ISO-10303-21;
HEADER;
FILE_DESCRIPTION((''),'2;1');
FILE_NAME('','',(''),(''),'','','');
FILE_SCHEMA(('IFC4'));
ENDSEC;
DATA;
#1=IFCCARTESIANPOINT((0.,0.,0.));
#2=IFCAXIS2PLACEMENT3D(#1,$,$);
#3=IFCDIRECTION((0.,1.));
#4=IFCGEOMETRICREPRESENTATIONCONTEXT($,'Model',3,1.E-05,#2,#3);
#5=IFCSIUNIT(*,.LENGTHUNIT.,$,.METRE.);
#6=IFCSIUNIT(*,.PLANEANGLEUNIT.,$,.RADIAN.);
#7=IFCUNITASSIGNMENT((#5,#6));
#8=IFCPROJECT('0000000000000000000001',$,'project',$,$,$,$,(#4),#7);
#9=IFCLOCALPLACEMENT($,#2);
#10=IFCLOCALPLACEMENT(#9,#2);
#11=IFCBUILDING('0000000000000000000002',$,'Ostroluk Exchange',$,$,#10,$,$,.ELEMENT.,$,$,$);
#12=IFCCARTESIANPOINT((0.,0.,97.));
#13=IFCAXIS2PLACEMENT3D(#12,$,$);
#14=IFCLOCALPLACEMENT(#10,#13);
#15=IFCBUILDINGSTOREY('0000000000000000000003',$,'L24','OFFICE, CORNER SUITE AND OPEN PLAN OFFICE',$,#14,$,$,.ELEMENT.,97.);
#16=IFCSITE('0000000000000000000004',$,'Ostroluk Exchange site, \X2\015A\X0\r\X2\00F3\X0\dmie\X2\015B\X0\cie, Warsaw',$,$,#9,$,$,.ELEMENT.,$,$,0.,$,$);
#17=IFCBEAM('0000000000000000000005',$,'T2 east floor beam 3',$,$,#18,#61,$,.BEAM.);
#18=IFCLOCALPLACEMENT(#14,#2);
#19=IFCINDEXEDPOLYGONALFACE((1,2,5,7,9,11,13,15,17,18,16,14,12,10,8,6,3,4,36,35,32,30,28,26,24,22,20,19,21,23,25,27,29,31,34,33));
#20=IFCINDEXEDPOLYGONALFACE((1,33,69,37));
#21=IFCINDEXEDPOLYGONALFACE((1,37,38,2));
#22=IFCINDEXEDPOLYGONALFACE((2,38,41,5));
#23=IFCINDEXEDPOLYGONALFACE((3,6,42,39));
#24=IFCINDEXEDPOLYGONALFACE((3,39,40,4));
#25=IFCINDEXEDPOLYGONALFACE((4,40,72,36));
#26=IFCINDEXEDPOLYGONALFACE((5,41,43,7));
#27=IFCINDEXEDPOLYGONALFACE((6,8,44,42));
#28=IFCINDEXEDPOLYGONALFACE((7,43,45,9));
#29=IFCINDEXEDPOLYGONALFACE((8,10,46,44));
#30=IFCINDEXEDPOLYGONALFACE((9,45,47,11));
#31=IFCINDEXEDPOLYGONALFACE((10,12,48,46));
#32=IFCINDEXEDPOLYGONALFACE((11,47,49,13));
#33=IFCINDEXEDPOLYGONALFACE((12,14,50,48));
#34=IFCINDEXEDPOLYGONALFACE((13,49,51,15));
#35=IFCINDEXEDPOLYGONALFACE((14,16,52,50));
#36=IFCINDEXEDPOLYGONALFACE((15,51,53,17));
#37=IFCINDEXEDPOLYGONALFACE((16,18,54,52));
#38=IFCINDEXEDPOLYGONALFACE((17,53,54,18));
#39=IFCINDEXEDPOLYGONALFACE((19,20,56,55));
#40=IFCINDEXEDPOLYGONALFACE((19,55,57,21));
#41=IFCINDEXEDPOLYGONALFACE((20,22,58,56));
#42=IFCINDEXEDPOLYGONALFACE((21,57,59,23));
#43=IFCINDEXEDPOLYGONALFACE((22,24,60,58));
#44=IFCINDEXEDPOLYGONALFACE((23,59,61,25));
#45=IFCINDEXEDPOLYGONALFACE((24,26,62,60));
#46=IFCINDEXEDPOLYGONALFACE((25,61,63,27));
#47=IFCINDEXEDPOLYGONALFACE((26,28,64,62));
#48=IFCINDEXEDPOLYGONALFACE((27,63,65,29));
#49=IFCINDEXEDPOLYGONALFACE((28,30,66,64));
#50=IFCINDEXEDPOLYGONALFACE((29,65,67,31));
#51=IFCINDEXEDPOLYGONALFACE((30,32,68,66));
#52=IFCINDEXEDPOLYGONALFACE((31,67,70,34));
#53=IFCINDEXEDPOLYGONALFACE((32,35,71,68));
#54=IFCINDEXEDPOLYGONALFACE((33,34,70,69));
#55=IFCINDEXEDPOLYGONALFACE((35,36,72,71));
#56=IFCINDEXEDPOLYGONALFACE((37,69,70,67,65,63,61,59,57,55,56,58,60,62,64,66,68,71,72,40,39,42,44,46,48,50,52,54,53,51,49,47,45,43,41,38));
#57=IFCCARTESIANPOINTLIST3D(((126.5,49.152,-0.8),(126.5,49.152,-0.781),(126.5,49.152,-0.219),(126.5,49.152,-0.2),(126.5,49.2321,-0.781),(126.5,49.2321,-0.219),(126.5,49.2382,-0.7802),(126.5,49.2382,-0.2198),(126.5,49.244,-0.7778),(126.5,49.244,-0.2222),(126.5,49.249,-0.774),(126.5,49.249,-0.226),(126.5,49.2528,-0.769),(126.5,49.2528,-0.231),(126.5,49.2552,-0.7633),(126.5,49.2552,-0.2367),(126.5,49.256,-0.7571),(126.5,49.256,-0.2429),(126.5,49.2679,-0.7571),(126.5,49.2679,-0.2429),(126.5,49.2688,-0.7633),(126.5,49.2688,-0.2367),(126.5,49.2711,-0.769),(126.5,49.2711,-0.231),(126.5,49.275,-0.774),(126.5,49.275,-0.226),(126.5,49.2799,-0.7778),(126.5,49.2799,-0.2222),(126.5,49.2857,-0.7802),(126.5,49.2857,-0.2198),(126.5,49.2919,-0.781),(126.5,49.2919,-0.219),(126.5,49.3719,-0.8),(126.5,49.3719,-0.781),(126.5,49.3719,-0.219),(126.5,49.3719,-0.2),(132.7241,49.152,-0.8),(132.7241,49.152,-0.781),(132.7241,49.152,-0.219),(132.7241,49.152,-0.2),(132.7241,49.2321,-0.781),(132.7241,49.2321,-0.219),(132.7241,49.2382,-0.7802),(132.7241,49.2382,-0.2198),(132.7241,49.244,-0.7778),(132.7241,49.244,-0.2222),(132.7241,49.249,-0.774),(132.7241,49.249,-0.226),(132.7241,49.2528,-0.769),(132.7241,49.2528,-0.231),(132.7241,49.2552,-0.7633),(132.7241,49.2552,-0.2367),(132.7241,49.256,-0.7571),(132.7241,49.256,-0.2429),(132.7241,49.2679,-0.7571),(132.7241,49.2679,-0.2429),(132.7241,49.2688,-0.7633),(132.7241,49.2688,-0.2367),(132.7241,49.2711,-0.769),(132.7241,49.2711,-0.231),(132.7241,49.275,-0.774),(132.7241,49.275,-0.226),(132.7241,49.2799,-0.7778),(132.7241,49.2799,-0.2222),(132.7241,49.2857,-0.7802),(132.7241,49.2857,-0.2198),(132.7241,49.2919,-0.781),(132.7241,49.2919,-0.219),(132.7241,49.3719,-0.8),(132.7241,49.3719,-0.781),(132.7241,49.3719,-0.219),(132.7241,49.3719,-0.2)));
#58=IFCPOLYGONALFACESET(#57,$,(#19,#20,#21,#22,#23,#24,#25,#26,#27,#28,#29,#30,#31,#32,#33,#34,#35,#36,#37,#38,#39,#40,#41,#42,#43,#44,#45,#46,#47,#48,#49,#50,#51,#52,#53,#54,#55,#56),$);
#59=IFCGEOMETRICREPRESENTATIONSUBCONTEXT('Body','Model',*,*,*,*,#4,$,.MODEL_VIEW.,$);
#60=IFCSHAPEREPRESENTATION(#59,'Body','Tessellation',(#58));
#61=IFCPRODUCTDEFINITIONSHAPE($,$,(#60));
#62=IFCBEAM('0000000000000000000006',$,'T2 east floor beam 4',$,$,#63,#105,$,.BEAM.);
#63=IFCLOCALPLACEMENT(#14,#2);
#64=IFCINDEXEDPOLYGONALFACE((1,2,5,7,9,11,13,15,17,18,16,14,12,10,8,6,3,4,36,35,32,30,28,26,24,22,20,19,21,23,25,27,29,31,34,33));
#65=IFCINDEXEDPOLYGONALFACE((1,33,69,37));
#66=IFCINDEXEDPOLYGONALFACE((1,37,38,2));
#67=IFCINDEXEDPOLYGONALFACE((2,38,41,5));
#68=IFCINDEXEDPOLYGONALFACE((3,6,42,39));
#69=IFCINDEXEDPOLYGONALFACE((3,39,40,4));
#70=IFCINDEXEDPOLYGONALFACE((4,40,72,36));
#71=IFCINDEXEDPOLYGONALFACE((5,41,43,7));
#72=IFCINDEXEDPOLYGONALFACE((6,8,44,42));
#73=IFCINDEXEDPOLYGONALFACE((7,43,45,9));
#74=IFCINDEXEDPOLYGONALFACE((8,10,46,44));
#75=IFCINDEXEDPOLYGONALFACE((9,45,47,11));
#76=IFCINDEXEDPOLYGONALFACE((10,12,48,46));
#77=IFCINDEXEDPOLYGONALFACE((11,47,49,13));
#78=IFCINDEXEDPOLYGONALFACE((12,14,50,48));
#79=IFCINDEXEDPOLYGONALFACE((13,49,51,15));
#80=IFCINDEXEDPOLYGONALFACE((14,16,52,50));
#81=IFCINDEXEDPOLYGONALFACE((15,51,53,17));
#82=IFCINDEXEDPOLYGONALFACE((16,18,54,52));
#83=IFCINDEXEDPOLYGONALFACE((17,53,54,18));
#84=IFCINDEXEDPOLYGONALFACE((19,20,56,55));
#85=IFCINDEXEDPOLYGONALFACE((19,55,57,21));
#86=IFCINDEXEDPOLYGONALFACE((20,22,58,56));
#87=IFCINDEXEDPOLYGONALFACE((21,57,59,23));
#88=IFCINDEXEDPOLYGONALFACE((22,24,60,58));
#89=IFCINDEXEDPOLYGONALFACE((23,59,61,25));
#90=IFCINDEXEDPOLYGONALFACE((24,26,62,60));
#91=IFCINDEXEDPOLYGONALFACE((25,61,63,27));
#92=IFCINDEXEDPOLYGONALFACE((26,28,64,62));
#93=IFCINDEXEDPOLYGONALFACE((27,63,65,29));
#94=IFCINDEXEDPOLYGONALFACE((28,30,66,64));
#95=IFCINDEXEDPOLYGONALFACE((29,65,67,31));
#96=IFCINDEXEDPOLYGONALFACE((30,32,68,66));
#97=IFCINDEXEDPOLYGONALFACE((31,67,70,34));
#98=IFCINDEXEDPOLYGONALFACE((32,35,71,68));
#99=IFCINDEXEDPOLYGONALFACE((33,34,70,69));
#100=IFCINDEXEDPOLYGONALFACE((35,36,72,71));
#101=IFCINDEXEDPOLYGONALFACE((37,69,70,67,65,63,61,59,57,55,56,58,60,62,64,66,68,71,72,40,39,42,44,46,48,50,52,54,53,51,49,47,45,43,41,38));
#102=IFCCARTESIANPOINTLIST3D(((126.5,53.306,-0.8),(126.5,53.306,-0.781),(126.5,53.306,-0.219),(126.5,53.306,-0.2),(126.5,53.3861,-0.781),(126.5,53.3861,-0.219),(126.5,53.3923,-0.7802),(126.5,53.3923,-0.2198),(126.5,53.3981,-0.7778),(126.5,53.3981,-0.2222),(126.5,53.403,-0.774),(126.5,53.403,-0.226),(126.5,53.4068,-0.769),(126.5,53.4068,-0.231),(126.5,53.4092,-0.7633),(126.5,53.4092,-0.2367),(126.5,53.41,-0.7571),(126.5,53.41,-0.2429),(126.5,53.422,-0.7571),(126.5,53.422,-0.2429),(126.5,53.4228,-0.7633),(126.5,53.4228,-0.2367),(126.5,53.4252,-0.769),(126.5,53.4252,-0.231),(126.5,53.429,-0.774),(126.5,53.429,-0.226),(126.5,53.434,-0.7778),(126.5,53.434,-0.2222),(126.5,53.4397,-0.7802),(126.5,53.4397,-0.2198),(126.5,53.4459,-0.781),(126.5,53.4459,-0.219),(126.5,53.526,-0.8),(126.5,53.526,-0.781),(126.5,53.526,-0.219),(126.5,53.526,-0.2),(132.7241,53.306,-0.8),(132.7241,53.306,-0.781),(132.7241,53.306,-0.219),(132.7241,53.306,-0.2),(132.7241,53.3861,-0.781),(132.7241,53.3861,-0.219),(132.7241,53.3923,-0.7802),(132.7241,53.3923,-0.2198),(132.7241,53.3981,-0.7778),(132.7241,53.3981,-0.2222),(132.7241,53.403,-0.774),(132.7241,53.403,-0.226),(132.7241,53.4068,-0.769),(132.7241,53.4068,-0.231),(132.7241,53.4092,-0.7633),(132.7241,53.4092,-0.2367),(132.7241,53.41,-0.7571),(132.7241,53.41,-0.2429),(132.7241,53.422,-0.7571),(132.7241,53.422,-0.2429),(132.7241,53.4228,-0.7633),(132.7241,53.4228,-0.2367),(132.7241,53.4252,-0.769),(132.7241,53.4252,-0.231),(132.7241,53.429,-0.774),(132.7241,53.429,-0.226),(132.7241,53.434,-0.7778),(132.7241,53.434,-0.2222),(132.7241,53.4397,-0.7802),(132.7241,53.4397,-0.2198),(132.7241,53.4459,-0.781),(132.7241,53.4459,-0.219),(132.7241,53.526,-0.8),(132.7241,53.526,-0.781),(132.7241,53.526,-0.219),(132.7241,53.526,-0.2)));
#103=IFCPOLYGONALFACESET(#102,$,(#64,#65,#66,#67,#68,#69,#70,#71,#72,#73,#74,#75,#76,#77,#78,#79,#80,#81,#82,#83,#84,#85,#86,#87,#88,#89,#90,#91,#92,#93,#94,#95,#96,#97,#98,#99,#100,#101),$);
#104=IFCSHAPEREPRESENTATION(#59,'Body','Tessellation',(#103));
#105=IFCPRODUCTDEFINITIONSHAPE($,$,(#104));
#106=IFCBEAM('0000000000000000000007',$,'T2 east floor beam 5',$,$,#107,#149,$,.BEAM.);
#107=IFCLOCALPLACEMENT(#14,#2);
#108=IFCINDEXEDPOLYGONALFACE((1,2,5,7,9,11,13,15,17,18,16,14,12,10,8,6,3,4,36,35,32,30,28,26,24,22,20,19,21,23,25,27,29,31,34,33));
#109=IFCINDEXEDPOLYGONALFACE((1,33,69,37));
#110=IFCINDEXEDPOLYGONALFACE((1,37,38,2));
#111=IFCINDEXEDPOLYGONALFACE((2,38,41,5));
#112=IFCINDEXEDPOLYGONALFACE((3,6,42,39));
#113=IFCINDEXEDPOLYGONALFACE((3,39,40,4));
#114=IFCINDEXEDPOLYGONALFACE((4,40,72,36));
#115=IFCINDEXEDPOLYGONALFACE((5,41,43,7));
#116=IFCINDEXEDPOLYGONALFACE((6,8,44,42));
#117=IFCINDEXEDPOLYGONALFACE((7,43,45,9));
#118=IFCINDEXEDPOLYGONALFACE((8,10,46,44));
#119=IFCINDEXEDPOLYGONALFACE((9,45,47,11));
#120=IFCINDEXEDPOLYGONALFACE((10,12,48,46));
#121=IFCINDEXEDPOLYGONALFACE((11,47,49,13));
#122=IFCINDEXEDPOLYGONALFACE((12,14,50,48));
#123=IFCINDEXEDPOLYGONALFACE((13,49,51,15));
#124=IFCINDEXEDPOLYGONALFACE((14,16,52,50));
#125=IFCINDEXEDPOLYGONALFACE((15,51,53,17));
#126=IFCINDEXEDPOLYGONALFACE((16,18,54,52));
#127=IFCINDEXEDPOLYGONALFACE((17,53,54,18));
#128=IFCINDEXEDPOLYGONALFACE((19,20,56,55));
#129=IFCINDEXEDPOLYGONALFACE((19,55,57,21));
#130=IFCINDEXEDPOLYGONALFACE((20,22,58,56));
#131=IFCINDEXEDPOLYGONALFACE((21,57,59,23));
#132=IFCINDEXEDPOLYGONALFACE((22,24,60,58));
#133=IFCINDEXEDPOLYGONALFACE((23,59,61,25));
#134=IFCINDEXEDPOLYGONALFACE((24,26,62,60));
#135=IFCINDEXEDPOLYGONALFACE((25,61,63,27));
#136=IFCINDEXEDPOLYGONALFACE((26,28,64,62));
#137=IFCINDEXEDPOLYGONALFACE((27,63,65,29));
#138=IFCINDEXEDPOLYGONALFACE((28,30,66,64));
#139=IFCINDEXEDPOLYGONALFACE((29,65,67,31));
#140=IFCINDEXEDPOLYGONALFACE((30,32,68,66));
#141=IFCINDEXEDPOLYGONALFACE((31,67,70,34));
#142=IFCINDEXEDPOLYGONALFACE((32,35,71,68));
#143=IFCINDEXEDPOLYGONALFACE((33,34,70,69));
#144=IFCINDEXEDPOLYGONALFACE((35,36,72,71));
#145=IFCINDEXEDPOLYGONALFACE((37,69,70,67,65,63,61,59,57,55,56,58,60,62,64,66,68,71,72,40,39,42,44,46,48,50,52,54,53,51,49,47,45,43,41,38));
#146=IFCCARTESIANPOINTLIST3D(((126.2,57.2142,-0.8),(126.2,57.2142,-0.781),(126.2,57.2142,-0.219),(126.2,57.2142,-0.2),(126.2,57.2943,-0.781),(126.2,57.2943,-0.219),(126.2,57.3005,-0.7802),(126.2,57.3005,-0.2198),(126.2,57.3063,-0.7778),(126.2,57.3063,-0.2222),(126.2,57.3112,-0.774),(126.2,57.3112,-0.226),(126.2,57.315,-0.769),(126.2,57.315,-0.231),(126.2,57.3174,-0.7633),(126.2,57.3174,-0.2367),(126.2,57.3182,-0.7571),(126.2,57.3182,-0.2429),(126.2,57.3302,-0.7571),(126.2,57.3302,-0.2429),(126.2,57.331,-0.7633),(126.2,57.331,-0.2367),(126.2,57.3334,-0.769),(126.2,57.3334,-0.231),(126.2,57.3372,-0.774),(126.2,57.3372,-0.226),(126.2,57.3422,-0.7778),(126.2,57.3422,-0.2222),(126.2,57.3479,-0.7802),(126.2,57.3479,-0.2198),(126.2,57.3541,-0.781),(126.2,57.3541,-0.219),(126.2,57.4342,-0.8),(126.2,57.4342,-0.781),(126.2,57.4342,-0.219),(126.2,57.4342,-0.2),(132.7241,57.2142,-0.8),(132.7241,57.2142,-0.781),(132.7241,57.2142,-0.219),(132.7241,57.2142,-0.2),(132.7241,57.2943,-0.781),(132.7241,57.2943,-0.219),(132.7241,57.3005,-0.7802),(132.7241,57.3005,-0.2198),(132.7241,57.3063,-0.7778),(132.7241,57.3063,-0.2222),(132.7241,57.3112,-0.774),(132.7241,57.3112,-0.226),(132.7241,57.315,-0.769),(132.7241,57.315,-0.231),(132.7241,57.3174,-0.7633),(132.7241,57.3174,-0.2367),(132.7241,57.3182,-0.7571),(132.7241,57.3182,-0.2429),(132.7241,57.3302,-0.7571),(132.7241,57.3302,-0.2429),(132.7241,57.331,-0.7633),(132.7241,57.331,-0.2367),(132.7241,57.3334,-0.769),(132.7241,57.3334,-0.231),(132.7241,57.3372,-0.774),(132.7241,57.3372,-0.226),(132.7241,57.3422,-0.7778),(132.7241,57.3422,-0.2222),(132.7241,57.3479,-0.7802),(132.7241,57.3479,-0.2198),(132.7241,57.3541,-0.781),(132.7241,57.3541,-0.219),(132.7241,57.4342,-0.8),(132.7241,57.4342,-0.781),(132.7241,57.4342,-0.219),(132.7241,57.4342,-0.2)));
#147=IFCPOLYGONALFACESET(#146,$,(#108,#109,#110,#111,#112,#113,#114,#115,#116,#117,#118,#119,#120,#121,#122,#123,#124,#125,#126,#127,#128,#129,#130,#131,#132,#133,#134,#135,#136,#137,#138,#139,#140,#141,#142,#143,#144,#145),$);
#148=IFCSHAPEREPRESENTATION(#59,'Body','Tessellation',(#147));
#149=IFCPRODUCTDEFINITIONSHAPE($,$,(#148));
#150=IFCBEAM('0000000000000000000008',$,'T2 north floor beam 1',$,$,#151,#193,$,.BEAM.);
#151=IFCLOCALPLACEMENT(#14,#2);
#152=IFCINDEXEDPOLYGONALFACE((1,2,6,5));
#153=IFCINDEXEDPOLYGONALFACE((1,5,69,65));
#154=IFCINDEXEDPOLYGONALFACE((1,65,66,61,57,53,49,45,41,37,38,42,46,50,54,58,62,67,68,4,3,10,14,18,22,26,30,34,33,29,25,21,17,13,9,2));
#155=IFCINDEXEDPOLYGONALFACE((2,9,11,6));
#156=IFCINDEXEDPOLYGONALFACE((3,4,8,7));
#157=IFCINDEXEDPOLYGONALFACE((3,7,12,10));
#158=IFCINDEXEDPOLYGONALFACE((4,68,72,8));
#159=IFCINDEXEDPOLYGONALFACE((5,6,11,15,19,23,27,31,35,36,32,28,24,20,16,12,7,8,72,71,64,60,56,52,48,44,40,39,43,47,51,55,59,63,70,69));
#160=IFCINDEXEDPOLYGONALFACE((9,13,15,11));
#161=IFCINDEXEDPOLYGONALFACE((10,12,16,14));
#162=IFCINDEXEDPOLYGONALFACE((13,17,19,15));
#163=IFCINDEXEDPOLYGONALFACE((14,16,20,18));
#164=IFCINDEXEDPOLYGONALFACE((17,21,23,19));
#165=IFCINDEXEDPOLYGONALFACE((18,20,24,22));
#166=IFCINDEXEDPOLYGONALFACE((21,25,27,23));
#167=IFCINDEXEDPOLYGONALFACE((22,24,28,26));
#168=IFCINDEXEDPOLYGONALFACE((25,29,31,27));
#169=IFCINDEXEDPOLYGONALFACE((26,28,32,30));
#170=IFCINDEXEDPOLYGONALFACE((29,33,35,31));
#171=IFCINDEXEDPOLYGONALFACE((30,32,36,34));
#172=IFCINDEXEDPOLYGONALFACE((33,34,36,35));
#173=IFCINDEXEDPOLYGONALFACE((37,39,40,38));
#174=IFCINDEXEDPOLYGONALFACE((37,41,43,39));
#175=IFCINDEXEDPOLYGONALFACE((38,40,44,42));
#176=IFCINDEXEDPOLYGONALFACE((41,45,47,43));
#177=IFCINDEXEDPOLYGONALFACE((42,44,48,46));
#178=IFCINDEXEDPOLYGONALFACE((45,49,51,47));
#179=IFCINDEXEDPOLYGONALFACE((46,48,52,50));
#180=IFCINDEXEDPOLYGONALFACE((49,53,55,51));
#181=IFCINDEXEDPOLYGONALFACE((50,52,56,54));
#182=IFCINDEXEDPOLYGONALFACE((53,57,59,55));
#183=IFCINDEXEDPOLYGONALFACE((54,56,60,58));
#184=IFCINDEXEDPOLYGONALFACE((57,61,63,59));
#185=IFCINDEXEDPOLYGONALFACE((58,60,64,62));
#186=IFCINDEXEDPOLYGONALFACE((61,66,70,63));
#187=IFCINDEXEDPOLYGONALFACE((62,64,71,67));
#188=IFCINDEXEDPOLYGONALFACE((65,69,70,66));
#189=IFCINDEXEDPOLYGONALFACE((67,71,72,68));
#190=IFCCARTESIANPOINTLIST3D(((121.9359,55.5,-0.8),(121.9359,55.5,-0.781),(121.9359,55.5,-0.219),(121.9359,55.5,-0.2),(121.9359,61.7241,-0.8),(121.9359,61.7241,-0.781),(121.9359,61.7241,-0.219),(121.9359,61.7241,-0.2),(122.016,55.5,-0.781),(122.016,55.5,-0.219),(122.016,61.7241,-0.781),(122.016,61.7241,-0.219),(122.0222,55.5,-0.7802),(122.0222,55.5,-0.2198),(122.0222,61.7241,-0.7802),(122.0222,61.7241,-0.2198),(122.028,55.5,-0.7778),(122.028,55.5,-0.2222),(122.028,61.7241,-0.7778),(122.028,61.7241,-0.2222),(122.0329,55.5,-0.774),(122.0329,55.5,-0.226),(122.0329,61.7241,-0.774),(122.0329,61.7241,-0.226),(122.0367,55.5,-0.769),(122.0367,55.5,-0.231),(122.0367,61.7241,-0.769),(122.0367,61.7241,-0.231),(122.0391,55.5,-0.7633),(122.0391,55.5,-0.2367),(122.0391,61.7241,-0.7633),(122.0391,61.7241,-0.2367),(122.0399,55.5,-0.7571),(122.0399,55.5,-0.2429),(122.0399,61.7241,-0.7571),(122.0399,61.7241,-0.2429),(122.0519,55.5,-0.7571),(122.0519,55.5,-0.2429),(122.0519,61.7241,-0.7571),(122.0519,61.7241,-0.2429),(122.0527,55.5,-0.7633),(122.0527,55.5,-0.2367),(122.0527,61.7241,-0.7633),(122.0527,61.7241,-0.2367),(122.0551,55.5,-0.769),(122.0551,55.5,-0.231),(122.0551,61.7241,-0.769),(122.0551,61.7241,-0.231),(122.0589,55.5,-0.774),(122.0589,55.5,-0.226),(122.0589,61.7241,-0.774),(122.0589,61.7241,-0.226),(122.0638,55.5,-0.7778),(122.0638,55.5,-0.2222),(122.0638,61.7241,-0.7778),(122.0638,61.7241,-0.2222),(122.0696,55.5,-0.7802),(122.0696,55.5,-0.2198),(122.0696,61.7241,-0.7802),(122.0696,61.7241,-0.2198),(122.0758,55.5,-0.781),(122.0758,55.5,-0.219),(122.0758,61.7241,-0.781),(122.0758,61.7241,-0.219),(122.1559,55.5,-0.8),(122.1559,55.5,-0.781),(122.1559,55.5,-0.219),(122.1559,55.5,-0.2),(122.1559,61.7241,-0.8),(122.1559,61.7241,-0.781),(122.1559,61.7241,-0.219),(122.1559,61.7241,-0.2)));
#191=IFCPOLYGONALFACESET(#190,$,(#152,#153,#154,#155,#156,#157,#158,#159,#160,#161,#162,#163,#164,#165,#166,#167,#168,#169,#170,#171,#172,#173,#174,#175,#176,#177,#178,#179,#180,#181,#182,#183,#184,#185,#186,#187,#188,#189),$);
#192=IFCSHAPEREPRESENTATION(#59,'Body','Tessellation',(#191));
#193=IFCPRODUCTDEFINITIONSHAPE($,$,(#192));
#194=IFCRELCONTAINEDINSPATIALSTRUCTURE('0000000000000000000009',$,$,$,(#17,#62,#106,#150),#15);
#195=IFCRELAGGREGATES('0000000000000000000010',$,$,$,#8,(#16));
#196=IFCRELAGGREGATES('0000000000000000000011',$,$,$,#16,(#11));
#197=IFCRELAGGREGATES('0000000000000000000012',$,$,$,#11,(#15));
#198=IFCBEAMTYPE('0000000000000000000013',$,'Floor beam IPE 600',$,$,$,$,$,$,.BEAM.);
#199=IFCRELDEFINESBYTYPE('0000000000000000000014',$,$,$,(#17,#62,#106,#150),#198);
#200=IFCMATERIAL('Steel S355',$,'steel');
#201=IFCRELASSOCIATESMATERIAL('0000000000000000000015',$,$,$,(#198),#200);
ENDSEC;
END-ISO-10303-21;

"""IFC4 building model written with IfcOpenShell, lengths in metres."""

from ifc_helpers import new_model, si_unit, direction, frame, origin, origin_2d, place, context, subcontext, project, spatial, i_section, extrude, material, material_profile, profile_set, type_object, element, save


model = new_model("IFC4")

# Units and contexts
model_context = context("Model", 3, precision=1e-05, world=origin(), true_north=direction((0.0, 1.0)))
body_context = subcontext(model_context, "Body", "Model", "MODEL_VIEW")
ifc_project = project(units=[si_unit("LENGTHUNIT", "METRE"), si_unit("PLANEANGLEUNIT", "RADIAN")], contexts=[model_context])

# Site, building, storey
site_placement = place(None, origin())
site = spatial("IfcSite", under=ifc_project, at=site_placement, Name="Ostroluk Exchange site, Śródmieście, Warsaw", CompositionType="ELEMENT", RefElevation=0.0)
building_placement = place(site_placement, origin())
building = spatial("IfcBuilding", under=site, at=building_placement, Name="Ostroluk Exchange", CompositionType="ELEMENT")
storey_placement = place(building_placement, frame((0.0, 0.0, 97.0)))
storey = spatial("IfcBuildingStorey", under=building, at=storey_placement, Name="L24", Description="OFFICE, CORNER SUITE AND OPEN PLAN OFFICE", CompositionType="ELEMENT", Elevation=97.0)

# Beams
ifc_material_1 = material(Name="Steel S355", Category="steel")
ifc_material_profile_1 = material_profile(ifc_material_1, i_section(OverallWidth=0.22, OverallDepth=0.6001, WebThickness=0.012, FlangeThickness=0.019, FilletRadius=0.0239, at=origin_2d()), Name="IPE 600")
ifc_profile_set_1 = profile_set([ifc_material_profile_1], Name="Steel S355")
beam_type_1 = type_object("IfcBeamType", Name="Floor beam IPE 600", PredefinedType="BEAM", material=ifc_profile_set_1)
for number, where, z_axis, x_axis, name in (
    (1, (126.5, 49.262, -0.5), (1.0, 0.0, 0.0), (0.0, 1.0, 0.0), "T2 east floor beam 3"),
    (2, (126.5, 53.416, -0.5), (1.0, 0.0, 0.0), (0.0, 1.0, 0.0), "T2 east floor beam 4"),
):
    element("IfcBeam", number, at=place(storey_placement, frame(where, z_axis=z_axis, x_axis=x_axis)), inside=storey, type_object=beam_type_1, Name=name, PredefinedType="BEAM", context=body_context, shape_type="SweptSolid", body=[
        extrude(i_section(OverallWidth=0.22, OverallDepth=0.6001, WebThickness=0.012, FlangeThickness=0.019, FilletRadius=0.0239, at=origin_2d()), origin(), (0.0, 0.0, 1.0), 6.2241),
    ])
beam_1_placement = place(storey_placement, frame((126.2, 57.3242, -0.5), z_axis=(1.0, 0.0, 0.0), x_axis=(0.0, 1.0, 0.0)))
element("IfcBeam", 3, at=beam_1_placement, inside=storey, type_object=beam_type_1, Name="T2 east floor beam 5", PredefinedType="BEAM", context=body_context, shape_type="SweptSolid", body=[
    extrude(i_section(OverallWidth=0.22, OverallDepth=0.6001, WebThickness=0.012, FlangeThickness=0.019, FilletRadius=0.0239, at=origin_2d()), origin(), (0.0, 0.0, 1.0), 6.5242),
])
for number, where, z_axis, x_axis, name in (
    (4, (122.0459, 55.5, -0.5), (0.0, 1.0, 0.0), (-1.0, 0.0, 0.0), "T2 north floor beam 1"),
):
    element("IfcBeam", number, at=place(storey_placement, frame(where, z_axis=z_axis, x_axis=x_axis)), inside=storey, type_object=beam_type_1, Name=name, PredefinedType="BEAM", context=body_context, shape_type="SweptSolid", body=[
        extrude(i_section(OverallWidth=0.22, OverallDepth=0.6001, WebThickness=0.012, FlangeThickness=0.019, FilletRadius=0.0239, at=origin_2d()), origin(), (0.0, 0.0, 1.0), 6.2241),
    ])

save(model, "model.ifc")
